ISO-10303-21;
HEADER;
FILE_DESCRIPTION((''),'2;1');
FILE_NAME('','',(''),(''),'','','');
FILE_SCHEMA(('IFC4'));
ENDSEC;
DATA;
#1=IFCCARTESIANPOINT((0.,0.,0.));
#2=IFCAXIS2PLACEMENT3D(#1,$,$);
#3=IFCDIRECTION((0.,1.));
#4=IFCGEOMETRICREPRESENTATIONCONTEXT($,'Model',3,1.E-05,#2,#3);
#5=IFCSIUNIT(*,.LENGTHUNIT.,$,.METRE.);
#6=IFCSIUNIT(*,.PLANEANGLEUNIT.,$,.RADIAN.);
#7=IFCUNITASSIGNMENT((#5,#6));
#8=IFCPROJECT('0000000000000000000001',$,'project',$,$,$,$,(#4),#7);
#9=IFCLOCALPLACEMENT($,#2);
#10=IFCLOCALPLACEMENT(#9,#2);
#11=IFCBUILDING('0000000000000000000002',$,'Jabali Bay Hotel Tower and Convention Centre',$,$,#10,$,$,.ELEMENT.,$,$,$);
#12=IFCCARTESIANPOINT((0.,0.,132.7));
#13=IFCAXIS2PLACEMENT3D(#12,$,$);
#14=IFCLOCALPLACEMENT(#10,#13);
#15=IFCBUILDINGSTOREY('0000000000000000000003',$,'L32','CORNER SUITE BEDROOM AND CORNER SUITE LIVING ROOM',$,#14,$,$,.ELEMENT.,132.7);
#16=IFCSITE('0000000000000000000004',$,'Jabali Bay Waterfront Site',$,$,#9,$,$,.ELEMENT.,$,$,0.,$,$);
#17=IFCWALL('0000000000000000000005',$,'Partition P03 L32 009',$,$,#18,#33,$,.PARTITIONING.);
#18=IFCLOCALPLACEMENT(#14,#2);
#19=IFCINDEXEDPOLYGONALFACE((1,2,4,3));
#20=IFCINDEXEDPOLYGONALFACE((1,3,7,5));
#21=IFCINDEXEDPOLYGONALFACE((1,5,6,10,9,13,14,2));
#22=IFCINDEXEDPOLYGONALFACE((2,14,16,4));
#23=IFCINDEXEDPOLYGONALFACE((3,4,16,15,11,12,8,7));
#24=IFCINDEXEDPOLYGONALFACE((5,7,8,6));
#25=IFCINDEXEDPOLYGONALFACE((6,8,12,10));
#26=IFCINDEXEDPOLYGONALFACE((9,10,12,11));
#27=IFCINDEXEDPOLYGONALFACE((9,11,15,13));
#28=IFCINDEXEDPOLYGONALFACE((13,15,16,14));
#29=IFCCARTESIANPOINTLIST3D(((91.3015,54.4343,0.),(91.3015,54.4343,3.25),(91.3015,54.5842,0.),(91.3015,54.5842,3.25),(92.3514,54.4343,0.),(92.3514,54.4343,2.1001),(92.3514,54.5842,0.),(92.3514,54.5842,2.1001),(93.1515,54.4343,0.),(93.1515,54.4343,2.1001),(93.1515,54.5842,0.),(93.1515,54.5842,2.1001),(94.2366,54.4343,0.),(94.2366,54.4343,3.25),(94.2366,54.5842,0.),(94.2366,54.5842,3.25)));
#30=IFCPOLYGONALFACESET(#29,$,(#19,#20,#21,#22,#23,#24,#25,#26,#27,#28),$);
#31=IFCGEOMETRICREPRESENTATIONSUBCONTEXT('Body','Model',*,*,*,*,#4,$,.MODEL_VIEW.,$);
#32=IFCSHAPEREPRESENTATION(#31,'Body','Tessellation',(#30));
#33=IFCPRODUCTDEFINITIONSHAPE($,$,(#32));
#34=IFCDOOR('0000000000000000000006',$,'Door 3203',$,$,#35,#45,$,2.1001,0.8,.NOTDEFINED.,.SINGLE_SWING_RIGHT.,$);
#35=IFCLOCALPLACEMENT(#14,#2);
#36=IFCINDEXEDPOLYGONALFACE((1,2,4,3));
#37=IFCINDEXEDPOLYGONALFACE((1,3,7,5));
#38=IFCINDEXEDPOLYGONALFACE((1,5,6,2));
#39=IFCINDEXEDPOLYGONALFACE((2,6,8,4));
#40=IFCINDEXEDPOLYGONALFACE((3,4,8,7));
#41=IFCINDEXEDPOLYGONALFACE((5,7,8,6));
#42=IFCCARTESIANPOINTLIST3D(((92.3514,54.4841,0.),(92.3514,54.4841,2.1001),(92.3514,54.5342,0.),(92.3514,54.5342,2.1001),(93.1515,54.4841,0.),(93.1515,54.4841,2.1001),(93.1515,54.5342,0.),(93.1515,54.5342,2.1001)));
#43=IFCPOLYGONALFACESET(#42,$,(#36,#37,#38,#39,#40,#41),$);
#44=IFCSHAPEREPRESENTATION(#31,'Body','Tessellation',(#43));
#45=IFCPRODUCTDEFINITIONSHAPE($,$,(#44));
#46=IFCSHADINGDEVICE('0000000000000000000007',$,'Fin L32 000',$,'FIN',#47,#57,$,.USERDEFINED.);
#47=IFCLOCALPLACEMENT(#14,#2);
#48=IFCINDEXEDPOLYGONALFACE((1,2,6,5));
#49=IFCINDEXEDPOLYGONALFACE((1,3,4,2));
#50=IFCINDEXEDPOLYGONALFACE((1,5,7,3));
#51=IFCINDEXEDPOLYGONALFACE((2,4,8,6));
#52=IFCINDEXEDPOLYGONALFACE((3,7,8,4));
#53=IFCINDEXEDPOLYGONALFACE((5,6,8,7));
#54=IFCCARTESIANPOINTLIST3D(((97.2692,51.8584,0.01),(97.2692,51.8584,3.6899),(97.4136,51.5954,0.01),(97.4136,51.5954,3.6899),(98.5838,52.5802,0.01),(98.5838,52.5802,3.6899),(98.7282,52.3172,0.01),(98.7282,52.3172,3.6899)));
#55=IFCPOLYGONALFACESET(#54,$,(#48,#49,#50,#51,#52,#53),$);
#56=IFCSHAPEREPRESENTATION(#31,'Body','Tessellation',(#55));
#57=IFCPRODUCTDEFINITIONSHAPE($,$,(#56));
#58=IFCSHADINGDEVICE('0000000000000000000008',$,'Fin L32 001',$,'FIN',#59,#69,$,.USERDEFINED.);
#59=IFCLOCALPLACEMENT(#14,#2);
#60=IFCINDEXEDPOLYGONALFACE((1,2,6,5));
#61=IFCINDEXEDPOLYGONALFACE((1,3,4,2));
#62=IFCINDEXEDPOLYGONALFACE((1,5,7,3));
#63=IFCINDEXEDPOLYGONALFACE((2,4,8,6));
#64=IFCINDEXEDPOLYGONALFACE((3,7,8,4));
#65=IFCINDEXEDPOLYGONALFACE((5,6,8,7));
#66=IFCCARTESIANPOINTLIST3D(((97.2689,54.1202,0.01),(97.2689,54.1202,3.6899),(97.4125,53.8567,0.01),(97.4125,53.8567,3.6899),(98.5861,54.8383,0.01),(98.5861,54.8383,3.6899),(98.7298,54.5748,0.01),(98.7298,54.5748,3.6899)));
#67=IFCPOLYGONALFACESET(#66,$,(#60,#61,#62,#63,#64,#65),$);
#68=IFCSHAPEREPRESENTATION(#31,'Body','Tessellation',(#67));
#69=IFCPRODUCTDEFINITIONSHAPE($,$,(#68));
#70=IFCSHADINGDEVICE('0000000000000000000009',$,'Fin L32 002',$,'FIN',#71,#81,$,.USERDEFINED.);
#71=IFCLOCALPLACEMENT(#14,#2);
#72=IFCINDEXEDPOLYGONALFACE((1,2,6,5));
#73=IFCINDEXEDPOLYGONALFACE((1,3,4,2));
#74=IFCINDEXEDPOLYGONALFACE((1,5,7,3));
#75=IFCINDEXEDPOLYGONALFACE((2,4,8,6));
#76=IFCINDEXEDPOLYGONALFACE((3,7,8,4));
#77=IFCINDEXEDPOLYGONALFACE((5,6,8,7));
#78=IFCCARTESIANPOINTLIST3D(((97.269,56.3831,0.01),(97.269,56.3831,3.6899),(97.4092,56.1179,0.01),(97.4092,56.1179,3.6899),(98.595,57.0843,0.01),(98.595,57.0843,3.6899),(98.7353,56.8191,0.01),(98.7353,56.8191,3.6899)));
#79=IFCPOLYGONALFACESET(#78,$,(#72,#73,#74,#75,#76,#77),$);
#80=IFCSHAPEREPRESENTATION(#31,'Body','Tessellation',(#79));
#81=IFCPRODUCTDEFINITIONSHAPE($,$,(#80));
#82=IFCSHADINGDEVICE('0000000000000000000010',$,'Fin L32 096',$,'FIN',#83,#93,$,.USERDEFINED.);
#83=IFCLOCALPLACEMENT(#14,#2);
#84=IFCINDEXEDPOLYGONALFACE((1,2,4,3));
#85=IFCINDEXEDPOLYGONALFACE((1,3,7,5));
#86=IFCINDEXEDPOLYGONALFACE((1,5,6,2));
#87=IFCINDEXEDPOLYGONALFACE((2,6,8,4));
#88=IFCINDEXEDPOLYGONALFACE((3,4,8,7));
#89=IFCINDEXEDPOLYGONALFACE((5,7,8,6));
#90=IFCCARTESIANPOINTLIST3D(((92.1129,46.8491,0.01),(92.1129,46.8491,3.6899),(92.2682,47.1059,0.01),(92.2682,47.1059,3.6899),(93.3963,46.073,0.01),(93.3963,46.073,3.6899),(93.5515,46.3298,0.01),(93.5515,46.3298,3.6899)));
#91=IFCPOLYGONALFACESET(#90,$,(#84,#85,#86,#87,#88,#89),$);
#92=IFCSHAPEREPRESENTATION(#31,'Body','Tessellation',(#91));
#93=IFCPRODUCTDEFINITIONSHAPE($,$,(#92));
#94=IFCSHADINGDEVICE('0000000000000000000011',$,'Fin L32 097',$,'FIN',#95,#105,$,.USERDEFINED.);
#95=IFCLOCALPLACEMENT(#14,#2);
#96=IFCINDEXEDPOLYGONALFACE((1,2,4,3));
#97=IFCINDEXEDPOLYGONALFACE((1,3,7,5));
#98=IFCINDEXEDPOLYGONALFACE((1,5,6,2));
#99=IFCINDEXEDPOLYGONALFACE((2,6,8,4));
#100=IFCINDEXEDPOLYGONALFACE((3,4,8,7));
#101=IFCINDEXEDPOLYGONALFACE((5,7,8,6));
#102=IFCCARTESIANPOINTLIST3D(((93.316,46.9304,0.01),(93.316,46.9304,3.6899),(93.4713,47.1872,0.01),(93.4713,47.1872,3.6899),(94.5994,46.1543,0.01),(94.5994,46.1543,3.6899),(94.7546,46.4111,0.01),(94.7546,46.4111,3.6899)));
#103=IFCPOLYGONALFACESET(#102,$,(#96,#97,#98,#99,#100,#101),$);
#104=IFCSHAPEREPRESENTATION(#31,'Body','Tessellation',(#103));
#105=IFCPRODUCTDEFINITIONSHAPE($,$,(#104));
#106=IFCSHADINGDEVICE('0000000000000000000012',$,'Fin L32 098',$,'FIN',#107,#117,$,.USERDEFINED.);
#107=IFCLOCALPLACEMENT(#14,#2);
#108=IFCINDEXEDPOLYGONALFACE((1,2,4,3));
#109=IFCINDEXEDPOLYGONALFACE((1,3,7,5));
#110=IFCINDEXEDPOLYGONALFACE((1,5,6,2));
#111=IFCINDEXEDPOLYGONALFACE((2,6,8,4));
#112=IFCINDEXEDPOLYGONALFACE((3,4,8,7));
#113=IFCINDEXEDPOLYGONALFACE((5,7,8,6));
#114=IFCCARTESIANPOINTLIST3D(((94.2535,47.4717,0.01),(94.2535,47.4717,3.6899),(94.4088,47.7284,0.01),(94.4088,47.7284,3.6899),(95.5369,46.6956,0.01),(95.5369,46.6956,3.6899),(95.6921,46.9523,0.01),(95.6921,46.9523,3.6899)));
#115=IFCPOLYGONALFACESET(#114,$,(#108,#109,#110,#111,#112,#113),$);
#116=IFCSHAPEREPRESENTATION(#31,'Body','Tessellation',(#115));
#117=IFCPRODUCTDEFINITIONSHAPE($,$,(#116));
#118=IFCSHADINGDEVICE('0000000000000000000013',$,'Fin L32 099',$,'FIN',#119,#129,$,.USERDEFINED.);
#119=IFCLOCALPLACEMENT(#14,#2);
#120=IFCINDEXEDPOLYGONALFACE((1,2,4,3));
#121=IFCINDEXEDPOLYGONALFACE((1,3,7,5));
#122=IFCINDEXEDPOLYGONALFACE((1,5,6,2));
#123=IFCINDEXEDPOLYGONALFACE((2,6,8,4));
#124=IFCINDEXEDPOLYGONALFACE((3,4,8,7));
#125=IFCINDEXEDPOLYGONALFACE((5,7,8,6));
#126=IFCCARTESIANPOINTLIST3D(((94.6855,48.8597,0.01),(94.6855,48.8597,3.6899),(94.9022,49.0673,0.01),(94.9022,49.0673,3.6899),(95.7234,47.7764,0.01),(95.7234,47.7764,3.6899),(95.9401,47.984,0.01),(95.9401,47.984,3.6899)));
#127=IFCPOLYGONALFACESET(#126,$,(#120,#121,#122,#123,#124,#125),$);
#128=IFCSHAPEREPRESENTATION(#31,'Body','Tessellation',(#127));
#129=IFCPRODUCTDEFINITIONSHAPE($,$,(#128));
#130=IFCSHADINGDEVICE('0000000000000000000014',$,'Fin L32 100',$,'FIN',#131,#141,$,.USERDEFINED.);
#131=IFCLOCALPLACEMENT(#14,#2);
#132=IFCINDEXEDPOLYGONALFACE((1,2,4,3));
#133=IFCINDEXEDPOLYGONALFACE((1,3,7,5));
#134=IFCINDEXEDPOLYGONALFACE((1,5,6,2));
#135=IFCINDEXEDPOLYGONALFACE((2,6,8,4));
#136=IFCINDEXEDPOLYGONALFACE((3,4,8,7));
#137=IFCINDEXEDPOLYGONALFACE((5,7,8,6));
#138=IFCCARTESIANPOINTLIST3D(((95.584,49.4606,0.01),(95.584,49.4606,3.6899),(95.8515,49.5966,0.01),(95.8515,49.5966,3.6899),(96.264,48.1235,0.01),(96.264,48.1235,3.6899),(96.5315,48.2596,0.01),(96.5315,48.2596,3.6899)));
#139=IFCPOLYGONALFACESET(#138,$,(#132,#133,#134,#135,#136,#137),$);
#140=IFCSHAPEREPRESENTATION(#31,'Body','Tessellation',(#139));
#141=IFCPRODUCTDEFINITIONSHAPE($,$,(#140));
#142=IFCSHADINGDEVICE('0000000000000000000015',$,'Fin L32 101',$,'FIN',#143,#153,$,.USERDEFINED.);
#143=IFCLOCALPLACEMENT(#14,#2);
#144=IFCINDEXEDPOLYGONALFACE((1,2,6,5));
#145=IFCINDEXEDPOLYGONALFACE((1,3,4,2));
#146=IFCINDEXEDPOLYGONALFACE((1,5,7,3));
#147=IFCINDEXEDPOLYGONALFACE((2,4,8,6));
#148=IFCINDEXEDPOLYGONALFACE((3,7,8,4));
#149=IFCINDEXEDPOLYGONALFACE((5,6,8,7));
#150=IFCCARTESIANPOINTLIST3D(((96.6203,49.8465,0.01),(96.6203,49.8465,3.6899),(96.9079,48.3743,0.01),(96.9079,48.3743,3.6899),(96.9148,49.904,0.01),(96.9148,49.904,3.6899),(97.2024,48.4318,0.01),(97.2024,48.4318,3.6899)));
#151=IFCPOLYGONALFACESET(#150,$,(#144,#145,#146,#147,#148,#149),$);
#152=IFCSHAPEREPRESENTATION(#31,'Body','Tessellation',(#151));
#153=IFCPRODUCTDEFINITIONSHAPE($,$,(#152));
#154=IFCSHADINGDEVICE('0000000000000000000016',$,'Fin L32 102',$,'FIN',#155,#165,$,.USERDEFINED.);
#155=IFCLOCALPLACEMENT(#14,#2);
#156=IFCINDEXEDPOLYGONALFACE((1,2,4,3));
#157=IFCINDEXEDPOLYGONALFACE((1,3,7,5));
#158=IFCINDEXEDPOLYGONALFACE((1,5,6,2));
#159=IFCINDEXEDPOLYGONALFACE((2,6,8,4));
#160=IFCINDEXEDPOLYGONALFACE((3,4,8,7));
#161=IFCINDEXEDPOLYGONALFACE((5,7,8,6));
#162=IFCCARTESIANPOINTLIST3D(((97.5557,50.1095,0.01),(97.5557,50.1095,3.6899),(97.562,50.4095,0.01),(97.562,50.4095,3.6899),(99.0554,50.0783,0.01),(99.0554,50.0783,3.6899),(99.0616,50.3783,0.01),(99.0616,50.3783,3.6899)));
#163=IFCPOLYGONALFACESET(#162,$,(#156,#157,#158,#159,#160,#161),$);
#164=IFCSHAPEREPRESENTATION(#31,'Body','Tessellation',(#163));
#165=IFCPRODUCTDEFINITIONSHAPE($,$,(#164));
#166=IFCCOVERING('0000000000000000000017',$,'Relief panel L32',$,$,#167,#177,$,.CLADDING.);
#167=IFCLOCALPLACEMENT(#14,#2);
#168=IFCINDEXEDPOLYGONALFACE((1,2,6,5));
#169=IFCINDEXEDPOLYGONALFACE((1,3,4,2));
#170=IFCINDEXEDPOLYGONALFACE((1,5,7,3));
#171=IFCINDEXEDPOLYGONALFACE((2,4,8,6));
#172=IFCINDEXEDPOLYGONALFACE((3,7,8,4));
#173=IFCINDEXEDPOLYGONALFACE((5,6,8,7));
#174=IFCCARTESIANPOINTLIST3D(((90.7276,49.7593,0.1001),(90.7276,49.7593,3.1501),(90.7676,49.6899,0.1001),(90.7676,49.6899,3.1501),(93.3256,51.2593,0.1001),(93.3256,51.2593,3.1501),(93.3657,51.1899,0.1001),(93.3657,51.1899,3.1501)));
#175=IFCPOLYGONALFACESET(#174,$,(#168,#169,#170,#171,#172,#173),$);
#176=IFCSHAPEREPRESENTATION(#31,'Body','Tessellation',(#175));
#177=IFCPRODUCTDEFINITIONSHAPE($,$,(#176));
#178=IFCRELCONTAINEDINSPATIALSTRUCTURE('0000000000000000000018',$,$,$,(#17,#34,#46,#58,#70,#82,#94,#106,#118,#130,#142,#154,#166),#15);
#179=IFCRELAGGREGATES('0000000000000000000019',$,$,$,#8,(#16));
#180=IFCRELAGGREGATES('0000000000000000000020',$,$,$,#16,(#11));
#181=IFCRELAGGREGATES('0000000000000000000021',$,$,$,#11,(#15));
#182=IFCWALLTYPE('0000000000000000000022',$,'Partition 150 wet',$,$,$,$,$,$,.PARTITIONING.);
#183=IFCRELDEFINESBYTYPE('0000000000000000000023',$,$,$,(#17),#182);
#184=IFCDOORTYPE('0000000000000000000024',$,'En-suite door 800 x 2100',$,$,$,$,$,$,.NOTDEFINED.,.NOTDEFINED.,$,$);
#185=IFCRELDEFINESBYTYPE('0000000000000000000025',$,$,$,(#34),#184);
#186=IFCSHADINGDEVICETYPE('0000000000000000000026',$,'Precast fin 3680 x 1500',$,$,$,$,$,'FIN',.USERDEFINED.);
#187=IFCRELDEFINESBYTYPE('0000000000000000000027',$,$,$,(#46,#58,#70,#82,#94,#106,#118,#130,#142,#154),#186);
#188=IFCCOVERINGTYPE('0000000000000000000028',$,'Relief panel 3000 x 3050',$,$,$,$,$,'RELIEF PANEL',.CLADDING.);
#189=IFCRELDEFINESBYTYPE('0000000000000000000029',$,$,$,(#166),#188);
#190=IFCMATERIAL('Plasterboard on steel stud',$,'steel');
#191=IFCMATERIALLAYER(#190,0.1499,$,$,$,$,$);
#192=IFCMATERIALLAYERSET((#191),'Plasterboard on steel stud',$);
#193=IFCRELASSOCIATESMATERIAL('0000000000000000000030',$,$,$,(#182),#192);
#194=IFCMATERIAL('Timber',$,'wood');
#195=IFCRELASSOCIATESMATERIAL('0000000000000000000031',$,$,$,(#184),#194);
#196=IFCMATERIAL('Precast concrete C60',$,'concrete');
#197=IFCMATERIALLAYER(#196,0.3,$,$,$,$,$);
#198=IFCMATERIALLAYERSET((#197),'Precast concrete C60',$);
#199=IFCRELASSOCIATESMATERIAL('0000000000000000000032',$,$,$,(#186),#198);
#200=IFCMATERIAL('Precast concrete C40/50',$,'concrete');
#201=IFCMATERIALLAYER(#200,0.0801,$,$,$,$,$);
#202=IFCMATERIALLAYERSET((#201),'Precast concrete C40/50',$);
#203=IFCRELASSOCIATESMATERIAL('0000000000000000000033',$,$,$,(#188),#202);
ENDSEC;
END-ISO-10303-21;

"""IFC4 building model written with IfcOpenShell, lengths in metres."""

from ifc_helpers import new_model, si_unit, direction, frame, frame_2d, origin, origin_2d, place, context, subcontext, project, spatial, rectangle, extrude, material, layer, layer_set, type_object, element, fill, save


model = new_model("IFC4")

# Units and contexts
model_context = context("Model", 3, precision=1e-05, world=origin(), true_north=direction((0.0, 1.0)))
body_context = subcontext(model_context, "Body", "Model", "MODEL_VIEW")
ifc_project = project(units=[si_unit("LENGTHUNIT", "METRE"), si_unit("PLANEANGLEUNIT", "RADIAN")], contexts=[model_context])

# Site, building, storey
site_placement = place(None, origin())
site = spatial("IfcSite", under=ifc_project, at=site_placement, Name="Jabali Bay Waterfront Site", CompositionType="ELEMENT", RefElevation=0.0)
building_placement = place(site_placement, origin())
building = spatial("IfcBuilding", under=site, at=building_placement, Name="Jabali Bay Hotel Tower and Convention Centre", CompositionType="ELEMENT")
storey_placement = place(building_placement, frame((0.0, 0.0, 132.7)))
storey = spatial("IfcBuildingStorey", under=building, at=storey_placement, Name="L32", Description="CORNER SUITE BEDROOM AND CORNER SUITE LIVING ROOM", CompositionType="ELEMENT", Elevation=132.7)

# Shared definitions
ifc_material_1 = material(Name="Plasterboard on steel stud", Category="steel")
ifc_layer_1 = layer(ifc_material_1, 0.1499)
ifc_layer_set_1 = layer_set([ifc_layer_1], Name="Plasterboard on steel stud")
wall_type_1 = type_object("IfcWallType", Name="Partition 150 wet", PredefinedType="PARTITIONING", material=ifc_layer_set_1)

# Wall, opening, door
wall_1_placement = place(storey_placement, frame((91.3015, 54.5093, 0.0), z_axis=(0.0, 0.0, 1.0), x_axis=(1.0, 0.0, 0.0)))
wall_1 = element("IfcWall", 1, at=wall_1_placement, inside=storey, type_object=wall_type_1, Name="Partition P03 L32 009", PredefinedType="PARTITIONING", context=body_context, shape_type="SweptSolid", body=[
    extrude(rectangle(XDim=2.9351, YDim=0.1499, at=frame_2d((1.4675, 0.0))), origin(), (0.0, 0.0, 1.0), 3.25),
])
opening_1_placement = place(wall_1_placement, frame((1.05, 0.0, 0.0)))
opening_1 = element("IfcOpeningElement", 2, at=opening_1_placement, cuts=wall_1, PredefinedType="OPENING", context=body_context, shape_type="SweptSolid", body=[
    extrude(rectangle(XDim=0.8, YDim=2.1001, at=frame_2d((0.3999, 1.05))), frame((0.0, 0.0854, 0.0), z_axis=(0.0, -1.0, 0.0), x_axis=(1.0, 0.0, 0.0)), (0.0, 0.0, 1.0), 0.1709),
])
ifc_material_2 = material(Name="Timber", Category="wood")
door_type = type_object("IfcDoorType", Name="En-suite door 800 x 2100", OperationType="NOTDEFINED", PredefinedType="NOTDEFINED", material=ifc_material_2)
door_placement = place(opening_1_placement, origin())
door = element("IfcDoor", 3, at=door_placement, inside=storey, type_object=door_type, Name="Door 3203", OperationType="SINGLE_SWING_RIGHT", OverallHeight=2.1001, OverallWidth=0.8, PredefinedType="NOTDEFINED", context=body_context, shape_type="SweptSolid", body=[
    extrude(rectangle(XDim=0.8, YDim=2.1001, at=frame_2d((0.3999, 1.05))), frame((0.0, 0.0249, 0.0), z_axis=(0.0, -1.0, 0.0), x_axis=(1.0, 0.0, 0.0)), (0.0, 0.0, 1.0), 0.05),
])
fill(opening_1, door)

# Shading devices
ifc_material_3 = material(Name="Precast concrete C60", Category="concrete")
ifc_layer_2 = layer(ifc_material_3, 0.3)
ifc_layer_set_2 = layer_set([ifc_layer_2], Name="Precast concrete C60")
shading_device_type = type_object("IfcShadingDeviceType", Name="Precast fin 3680 x 1500", ElementType="FIN", PredefinedType="USERDEFINED", material=ifc_layer_set_2)
shading_device_1_placement = place(storey_placement, frame((97.3413, 51.7268, 0.01), z_axis=(0.0, 0.0, 1.0), x_axis=(0.876542, 0.481325, 0.0)))
element("IfcShadingDevice", 4, at=shading_device_1_placement, inside=storey, type_object=shading_device_type, Name="Fin L32 000", ObjectType="FIN", PredefinedType="USERDEFINED", context=body_context, shape_type="SweptSolid", body=[
    extrude(rectangle(XDim=1.4998, YDim=0.3, at=frame_2d((0.75, 0.0))), origin(), (0.0, 0.0, 1.0), 3.6799),
])
shading_device_2_placement = place(storey_placement, frame((97.3408, 53.9885, 0.01), z_axis=(0.0, 0.0, 1.0), x_axis=(0.878014, 0.478635, 0.0)))
element("IfcShadingDevice", 5, at=shading_device_2_placement, inside=storey, type_object=shading_device_type, Name="Fin L32 001", ObjectType="FIN", PredefinedType="USERDEFINED", context=body_context, shape_type="SweptSolid", body=[
    extrude(rectangle(XDim=1.5002, YDim=0.3, at=frame_2d((0.75, 0.0))), origin(), (0.0, 0.0, 1.0), 3.6799),
])
shading_device_3_placement = place(storey_placement, frame((97.3391, 56.2505, 0.01), z_axis=(0.0, 0.0, 1.0), x_axis=(0.884006, 0.467476, 0.0)))
element("IfcShadingDevice", 6, at=shading_device_3_placement, inside=storey, type_object=shading_device_type, Name="Fin L32 002", ObjectType="FIN", PredefinedType="USERDEFINED", context=body_context, shape_type="SweptSolid", body=[
    extrude(rectangle(XDim=1.5, YDim=0.3, at=frame_2d((0.75, 0.0))), origin(), (0.0, 0.0, 1.0), 3.6799),
])
for number, where, z_axis, x_axis, name in (
    (7, (92.1904, 46.9775, 0.01), (0.0, 0.0, 1.0), (0.855707, -0.517461, 0.0), "Fin L32 096"),
    (8, (93.3936, 47.0588, 0.01), (0.0, 0.0, 1.0), (0.855707, -0.517461, 0.0), "Fin L32 097"),
    (9, (94.3311, 47.6001, 0.01), (0.0, 0.0, 1.0), (0.855707, -0.517461, 0.0), "Fin L32 098"),
):
    element("IfcShadingDevice", number, at=place(storey_placement, frame(where, z_axis=z_axis, x_axis=x_axis)), inside=storey, type_object=shading_device_type, Name=name, ObjectType="FIN", PredefinedType="USERDEFINED", context=body_context, shape_type="SweptSolid", body=[
        extrude(rectangle(XDim=1.4998, YDim=0.3, at=frame_2d((0.75, 0.0))), origin(), (0.0, 0.0, 1.0), 3.6799),
    ])
shading_device_4_placement = place(storey_placement, frame((94.7939, 48.9634, 0.01), z_axis=(0.0, 0.0, 1.0), x_axis=(0.69181, -0.72208, 0.0)))
element("IfcShadingDevice", 10, at=shading_device_4_placement, inside=storey, type_object=shading_device_type, Name="Fin L32 099", ObjectType="FIN", PredefinedType="USERDEFINED", context=body_context, shape_type="SweptSolid", body=[
    extrude(rectangle(XDim=1.5002, YDim=0.3, at=frame_2d((0.75, 0.0))), origin(), (0.0, 0.0, 1.0), 3.6799),
])
for number, where, z_axis, x_axis, name in (
    (11, (95.7178, 49.5286, 0.01), (0.0, 0.0, 1.0), (0.453323, -0.891346, 0.0), "Fin L32 100"),
    (12, (96.7676, 49.8752, 0.01), (0.0, 0.0, 1.0), (0.191732, -0.981447, 0.0), "Fin L32 101"),
    (13, (97.5588, 50.2595, 0.01), (0.0, 0.0, 1.0), (0.999783, -0.020832, 0.0), "Fin L32 102"),
):
    element("IfcShadingDevice", number, at=place(storey_placement, frame(where, z_axis=z_axis, x_axis=x_axis)), inside=storey, type_object=shading_device_type, Name=name, ObjectType="FIN", PredefinedType="USERDEFINED", context=body_context, shape_type="SweptSolid", body=[
        extrude(rectangle(XDim=1.5, YDim=0.3, at=frame_2d((0.75, 0.0))), origin(), (0.0, 0.0, 1.0), 3.6799),
    ])

# Covering
ifc_material_4 = material(Name="Precast concrete C40/50", Category="concrete")
ifc_layer_3 = layer(ifc_material_4, 0.0801)
ifc_layer_set_3 = layer_set([ifc_layer_3], Name="Precast concrete C40/50")
covering_type = type_object("IfcCoveringType", Name="Relief panel 3000 x 3050", ElementType="RELIEF PANEL", PredefinedType="CLADDING", material=ifc_layer_set_3)
covering_placement = place(storey_placement, frame((92.0466, 50.4746, 0.1001), z_axis=(0.0, 0.0, 1.0), x_axis=(-0.866025, -0.5, 0.0)))
element("IfcCovering", 14, at=covering_placement, inside=storey, type_object=covering_type, Name="Relief panel L32", PredefinedType="CLADDING", context=body_context, shape_type="SweptSolid", body=[
    extrude(rectangle(XDim=3.0, YDim=0.0801, at=origin_2d()), origin(), (0.0, 0.0, 1.0), 3.05),
])

save(model, "model.ifc")
